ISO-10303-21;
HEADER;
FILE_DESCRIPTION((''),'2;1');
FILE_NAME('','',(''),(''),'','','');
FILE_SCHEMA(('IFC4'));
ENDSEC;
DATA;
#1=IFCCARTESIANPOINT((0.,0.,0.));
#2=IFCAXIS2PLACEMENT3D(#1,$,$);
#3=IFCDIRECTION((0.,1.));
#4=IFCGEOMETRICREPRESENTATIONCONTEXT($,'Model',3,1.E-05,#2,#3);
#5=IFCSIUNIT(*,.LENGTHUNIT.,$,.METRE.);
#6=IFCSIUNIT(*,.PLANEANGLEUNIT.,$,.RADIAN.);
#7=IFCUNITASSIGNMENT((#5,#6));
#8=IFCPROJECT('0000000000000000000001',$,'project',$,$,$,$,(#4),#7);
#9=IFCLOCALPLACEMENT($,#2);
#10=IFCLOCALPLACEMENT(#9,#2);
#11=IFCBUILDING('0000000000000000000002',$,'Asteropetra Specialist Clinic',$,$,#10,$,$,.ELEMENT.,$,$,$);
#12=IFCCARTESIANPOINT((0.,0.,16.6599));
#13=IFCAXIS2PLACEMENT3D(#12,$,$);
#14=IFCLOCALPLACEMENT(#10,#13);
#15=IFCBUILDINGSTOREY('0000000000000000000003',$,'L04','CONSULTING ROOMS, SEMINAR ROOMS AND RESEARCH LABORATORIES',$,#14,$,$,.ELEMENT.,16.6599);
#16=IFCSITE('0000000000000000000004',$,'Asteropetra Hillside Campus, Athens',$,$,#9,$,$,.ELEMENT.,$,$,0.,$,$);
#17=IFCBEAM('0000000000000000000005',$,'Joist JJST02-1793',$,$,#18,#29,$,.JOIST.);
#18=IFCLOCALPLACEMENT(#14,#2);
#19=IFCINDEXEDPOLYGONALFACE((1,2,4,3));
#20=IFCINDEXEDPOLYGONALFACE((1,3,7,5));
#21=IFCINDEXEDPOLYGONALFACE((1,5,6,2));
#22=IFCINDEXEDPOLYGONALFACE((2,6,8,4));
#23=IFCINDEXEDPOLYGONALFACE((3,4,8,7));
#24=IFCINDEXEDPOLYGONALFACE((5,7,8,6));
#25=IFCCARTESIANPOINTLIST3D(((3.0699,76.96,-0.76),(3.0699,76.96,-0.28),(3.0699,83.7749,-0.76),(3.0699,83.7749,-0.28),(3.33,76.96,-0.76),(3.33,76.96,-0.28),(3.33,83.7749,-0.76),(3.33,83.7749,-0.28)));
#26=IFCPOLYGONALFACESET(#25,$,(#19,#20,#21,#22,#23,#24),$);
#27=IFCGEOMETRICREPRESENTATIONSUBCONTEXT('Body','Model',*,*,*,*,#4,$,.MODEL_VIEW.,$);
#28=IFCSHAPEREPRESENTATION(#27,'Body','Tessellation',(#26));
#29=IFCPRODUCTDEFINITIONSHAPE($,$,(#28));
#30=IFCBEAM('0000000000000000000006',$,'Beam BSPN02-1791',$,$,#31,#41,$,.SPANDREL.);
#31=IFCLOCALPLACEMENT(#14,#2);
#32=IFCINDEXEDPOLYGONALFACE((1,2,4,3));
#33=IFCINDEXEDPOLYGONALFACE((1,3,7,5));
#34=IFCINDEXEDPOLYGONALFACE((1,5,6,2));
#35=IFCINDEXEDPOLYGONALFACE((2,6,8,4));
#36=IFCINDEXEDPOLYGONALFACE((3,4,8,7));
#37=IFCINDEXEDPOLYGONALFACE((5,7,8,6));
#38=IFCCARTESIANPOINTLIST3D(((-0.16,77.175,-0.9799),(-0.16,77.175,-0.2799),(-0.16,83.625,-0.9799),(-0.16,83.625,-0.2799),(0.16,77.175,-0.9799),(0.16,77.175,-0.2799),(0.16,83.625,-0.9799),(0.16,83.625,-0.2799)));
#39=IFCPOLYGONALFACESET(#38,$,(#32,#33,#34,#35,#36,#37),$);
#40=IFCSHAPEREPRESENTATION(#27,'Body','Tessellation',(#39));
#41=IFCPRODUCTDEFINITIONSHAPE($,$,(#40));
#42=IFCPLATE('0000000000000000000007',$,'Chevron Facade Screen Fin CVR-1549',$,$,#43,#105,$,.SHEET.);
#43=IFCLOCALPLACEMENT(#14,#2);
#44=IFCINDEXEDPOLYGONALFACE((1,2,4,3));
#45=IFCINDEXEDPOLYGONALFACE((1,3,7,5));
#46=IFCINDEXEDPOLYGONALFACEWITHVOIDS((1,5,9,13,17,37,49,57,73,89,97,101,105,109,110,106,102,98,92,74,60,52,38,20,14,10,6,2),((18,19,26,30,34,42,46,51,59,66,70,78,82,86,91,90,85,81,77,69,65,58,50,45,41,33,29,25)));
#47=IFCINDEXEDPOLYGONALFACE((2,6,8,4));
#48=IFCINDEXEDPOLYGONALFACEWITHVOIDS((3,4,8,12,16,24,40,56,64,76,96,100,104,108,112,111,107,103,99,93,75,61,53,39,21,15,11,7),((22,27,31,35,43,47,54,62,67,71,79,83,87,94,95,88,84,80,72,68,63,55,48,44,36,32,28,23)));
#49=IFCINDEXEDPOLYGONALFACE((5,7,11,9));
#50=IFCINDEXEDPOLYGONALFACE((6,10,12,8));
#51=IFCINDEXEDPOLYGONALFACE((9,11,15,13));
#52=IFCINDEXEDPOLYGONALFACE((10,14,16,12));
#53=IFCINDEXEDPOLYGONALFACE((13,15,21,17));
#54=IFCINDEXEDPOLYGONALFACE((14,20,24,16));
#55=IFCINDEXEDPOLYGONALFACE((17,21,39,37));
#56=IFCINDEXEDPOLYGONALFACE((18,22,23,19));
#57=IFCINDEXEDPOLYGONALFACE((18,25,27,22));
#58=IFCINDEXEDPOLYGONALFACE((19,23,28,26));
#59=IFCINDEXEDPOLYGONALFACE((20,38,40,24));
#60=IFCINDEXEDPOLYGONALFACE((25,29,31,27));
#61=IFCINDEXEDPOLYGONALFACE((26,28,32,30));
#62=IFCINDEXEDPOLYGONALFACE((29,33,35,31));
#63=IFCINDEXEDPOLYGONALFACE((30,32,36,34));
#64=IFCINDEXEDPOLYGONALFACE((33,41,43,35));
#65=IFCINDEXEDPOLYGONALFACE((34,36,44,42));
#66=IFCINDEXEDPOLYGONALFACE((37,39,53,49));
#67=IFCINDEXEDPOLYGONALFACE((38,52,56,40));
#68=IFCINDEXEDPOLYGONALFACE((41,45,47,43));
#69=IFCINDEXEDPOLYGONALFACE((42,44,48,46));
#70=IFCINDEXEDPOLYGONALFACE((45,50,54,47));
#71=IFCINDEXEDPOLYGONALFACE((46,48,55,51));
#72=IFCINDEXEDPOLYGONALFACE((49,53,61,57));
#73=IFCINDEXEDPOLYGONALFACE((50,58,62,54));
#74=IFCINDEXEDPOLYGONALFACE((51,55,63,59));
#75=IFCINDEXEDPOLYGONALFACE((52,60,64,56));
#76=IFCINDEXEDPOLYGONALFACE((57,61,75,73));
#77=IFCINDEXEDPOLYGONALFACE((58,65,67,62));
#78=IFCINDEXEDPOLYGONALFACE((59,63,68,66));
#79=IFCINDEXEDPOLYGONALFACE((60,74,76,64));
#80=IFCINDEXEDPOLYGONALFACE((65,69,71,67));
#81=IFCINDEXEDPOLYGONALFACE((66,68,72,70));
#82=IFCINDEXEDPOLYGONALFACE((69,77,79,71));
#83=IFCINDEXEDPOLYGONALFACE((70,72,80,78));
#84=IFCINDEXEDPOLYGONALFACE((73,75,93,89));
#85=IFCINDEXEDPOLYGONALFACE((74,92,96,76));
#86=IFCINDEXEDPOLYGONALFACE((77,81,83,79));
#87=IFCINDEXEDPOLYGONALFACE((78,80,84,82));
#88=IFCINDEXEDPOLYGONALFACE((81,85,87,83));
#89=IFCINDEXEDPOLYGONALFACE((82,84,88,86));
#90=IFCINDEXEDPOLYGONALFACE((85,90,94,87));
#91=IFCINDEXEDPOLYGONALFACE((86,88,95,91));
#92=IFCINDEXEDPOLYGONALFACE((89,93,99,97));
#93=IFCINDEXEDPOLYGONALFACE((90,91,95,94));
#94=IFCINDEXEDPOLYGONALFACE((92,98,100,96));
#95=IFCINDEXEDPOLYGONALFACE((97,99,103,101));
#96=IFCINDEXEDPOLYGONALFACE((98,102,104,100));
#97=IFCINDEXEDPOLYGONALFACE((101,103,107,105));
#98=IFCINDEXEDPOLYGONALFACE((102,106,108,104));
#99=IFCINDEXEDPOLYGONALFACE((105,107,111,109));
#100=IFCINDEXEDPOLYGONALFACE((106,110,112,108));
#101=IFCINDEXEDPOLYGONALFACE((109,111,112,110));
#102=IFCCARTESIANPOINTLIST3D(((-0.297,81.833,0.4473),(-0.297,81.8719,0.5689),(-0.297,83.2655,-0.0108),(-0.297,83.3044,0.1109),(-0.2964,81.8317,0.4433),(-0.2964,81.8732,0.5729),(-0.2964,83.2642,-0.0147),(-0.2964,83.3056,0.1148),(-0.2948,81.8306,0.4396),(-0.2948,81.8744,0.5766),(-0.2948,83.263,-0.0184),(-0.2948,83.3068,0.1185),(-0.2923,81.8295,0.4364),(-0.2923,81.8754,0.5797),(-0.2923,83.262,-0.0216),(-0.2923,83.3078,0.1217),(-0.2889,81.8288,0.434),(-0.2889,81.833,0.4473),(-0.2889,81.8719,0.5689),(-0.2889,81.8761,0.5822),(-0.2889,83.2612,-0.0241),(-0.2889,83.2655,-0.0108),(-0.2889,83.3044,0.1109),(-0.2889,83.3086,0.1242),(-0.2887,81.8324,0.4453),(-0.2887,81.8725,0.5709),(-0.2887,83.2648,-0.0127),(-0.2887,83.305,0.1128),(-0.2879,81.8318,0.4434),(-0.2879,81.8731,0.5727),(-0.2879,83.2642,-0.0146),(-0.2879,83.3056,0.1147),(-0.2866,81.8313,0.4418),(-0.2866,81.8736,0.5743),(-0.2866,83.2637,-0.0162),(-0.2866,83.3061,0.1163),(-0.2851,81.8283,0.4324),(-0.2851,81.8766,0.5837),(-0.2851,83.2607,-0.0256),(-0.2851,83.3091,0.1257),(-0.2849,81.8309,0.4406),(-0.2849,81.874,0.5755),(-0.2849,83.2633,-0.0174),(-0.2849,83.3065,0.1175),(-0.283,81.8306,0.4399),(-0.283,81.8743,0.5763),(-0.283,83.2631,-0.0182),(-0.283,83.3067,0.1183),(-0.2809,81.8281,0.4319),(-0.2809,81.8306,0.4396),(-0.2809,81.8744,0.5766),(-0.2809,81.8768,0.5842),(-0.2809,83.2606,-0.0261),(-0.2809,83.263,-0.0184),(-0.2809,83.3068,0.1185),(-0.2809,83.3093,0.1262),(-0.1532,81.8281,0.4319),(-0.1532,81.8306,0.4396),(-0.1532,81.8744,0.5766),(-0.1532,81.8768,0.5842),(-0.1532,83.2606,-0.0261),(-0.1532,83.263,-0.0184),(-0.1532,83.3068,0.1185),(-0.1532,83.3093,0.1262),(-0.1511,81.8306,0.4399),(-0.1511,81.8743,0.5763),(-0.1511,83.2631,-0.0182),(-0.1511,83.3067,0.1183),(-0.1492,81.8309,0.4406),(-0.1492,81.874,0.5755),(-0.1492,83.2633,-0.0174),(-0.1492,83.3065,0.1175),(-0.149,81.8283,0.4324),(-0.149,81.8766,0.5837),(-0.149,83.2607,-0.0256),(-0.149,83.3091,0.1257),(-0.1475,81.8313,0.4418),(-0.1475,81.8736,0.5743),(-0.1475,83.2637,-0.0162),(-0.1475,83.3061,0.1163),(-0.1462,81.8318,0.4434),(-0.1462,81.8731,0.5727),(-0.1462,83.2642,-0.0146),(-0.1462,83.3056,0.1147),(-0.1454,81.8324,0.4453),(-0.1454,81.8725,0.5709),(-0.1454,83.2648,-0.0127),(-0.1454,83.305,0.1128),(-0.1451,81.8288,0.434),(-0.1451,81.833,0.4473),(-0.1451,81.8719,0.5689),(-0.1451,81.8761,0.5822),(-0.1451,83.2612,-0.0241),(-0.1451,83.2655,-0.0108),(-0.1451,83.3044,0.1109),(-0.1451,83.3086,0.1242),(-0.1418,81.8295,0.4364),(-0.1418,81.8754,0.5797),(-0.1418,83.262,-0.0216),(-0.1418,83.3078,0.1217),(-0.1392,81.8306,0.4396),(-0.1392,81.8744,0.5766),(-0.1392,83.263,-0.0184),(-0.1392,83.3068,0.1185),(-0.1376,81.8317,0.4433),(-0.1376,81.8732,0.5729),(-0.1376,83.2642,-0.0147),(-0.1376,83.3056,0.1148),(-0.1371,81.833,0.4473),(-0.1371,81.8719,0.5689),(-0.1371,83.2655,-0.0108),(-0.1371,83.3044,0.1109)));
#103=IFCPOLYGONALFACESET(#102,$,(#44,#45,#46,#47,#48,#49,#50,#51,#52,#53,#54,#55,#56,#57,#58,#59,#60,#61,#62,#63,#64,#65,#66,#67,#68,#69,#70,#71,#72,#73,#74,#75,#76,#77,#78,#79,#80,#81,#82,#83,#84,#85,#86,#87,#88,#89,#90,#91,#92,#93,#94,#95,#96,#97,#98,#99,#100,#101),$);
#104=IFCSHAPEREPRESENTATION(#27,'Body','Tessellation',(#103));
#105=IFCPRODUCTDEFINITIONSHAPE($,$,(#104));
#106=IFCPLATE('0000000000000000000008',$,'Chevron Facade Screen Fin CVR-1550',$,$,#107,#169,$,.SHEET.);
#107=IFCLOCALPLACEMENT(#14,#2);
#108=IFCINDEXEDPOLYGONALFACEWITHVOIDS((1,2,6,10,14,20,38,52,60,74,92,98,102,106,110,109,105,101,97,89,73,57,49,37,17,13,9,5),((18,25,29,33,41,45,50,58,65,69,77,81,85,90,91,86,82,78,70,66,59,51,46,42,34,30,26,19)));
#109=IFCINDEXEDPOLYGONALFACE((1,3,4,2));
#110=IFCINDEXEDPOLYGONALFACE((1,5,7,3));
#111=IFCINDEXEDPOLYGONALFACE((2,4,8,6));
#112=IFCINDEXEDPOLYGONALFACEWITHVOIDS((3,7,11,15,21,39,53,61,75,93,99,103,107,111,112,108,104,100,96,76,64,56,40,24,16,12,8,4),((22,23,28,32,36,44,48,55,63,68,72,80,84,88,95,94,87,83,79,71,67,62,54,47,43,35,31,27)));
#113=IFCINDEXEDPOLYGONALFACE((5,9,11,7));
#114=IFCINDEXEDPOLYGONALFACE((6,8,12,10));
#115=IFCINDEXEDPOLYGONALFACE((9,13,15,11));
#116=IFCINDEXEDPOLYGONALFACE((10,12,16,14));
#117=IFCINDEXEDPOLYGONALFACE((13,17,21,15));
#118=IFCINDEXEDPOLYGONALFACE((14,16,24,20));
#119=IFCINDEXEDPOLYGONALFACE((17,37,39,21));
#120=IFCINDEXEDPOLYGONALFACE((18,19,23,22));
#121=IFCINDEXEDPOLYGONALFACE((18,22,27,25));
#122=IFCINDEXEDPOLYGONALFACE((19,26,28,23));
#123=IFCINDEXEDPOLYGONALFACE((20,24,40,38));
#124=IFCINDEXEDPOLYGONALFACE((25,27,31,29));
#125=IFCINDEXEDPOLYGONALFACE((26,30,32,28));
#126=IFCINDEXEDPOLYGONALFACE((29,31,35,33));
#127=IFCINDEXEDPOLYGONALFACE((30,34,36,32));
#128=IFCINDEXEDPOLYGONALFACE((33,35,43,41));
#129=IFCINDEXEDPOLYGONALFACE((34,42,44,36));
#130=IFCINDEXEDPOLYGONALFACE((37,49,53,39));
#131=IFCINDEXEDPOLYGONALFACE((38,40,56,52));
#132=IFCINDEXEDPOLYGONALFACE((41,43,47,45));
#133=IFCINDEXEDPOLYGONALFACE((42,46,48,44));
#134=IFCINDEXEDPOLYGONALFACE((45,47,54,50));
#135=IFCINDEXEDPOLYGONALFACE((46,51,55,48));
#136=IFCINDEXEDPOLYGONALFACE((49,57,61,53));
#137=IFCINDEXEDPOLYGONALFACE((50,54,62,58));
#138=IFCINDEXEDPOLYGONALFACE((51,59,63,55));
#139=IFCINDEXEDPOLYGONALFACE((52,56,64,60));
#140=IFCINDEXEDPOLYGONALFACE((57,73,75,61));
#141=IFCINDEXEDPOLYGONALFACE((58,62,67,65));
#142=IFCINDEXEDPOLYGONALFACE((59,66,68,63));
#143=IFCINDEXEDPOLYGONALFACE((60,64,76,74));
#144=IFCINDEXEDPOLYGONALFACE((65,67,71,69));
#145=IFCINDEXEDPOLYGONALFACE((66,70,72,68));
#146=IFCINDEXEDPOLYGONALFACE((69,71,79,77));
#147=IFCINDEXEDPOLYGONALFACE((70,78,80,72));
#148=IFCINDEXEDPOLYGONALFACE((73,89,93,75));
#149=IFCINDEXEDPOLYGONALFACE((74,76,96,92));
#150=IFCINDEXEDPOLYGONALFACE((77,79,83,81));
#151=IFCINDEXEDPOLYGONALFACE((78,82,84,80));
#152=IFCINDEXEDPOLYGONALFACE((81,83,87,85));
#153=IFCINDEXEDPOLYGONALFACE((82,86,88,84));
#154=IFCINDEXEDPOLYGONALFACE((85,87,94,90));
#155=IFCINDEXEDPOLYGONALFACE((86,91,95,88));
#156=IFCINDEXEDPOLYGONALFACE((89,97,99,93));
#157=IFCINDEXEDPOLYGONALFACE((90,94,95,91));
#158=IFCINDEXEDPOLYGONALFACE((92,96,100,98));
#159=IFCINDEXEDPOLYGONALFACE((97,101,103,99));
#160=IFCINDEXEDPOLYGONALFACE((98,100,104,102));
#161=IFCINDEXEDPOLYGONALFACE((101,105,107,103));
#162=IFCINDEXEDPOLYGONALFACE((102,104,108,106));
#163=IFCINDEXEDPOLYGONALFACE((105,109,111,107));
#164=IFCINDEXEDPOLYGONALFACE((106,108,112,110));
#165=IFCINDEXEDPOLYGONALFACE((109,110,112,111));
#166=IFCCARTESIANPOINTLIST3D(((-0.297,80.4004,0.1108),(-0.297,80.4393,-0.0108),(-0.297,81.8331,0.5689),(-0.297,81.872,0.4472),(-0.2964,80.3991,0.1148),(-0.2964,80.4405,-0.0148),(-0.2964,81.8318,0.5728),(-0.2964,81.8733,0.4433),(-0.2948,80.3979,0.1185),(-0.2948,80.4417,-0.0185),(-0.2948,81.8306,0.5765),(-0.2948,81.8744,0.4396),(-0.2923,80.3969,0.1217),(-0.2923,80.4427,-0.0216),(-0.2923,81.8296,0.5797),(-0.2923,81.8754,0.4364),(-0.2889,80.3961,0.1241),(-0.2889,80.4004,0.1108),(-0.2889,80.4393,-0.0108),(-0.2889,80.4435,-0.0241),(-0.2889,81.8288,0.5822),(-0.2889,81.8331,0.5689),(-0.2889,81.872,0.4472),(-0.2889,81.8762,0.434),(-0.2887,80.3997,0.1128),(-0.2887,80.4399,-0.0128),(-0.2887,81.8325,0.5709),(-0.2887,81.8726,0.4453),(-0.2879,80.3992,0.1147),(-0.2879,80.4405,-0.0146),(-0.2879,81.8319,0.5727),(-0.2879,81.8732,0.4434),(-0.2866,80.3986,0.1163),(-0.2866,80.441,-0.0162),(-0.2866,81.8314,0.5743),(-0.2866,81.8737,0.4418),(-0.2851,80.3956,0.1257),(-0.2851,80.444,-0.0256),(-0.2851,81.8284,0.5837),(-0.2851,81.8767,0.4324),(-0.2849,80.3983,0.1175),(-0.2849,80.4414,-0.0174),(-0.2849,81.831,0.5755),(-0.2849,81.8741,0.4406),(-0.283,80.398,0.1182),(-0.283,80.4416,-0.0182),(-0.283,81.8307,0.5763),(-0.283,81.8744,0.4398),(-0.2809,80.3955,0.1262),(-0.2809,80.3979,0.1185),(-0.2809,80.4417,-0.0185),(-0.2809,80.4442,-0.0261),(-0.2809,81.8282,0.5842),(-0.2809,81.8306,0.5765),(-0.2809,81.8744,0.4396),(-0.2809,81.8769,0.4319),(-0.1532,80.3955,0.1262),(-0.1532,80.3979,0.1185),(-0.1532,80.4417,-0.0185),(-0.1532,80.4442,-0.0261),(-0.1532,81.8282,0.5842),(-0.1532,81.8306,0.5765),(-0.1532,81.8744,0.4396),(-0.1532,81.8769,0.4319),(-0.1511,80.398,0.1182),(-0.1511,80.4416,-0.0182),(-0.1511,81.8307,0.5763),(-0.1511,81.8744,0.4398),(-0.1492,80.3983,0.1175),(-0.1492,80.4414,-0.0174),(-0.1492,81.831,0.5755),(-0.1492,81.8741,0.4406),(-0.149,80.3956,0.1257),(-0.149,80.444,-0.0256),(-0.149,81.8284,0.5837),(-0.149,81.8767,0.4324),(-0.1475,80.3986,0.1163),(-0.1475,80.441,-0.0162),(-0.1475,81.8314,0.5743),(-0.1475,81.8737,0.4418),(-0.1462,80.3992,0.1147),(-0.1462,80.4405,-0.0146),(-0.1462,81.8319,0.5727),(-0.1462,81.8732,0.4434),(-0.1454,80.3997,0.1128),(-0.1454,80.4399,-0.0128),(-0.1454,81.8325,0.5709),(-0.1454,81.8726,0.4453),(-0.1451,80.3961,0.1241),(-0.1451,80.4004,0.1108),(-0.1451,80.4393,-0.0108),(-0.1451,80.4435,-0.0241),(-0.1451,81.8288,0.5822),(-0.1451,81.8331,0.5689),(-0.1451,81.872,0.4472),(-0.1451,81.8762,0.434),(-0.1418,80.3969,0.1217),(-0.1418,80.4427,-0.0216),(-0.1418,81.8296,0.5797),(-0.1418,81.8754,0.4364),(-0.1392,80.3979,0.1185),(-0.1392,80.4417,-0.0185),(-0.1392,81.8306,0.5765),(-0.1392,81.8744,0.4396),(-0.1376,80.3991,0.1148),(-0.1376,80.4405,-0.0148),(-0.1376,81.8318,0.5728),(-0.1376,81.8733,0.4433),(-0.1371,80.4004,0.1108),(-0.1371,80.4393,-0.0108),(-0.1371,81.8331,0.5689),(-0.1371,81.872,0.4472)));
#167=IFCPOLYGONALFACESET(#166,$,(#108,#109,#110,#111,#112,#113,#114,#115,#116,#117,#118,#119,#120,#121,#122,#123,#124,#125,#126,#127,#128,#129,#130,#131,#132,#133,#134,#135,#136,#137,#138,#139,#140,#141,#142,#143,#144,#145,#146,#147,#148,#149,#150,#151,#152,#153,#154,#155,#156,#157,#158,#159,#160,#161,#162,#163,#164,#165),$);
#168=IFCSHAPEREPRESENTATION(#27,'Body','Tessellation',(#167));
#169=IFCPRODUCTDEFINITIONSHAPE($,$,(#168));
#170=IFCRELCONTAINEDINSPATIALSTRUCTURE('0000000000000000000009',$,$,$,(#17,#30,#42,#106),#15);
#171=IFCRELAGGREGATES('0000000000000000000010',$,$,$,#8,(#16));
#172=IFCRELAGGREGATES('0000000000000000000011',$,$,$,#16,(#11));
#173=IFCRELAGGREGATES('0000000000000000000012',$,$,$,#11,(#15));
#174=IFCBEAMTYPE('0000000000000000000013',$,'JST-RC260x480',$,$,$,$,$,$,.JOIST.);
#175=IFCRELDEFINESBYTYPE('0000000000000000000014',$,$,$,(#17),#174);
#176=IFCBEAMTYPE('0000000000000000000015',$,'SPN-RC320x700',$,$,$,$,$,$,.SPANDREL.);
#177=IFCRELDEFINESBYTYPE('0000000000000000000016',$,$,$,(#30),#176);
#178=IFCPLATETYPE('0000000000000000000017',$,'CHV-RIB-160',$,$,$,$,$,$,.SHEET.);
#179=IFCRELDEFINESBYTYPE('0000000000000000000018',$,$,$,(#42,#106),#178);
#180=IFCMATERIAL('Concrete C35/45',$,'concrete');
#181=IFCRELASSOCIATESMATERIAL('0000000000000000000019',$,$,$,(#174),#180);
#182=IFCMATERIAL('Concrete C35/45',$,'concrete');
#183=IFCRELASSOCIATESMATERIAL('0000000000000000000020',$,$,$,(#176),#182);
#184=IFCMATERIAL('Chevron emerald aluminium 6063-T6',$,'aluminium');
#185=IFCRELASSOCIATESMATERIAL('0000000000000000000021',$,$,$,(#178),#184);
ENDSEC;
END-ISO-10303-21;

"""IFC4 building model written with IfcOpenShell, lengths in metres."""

from ifc_helpers import new_model, si_unit, direction, frame, origin, origin_2d, place, context, subcontext, project, spatial, rectangle, hollow_rectangle, extrude, material, material_profile, profile_set, type_object, element, save


model = new_model("IFC4")

# Units and contexts
model_context = context("Model", 3, precision=1e-05, world=origin(), true_north=direction((0.0, 1.0)))
body_context = subcontext(model_context, "Body", "Model", "MODEL_VIEW")
ifc_project = project(units=[si_unit("LENGTHUNIT", "METRE"), si_unit("PLANEANGLEUNIT", "RADIAN")], contexts=[model_context])

# Site, building, storey
site_placement = place(None, origin())
site = spatial("IfcSite", under=ifc_project, at=site_placement, Name="Asteropetra Hillside Campus, Athens", CompositionType="ELEMENT", RefElevation=0.0)
building_placement = place(site_placement, origin())
building = spatial("IfcBuilding", under=site, at=building_placement, Name="Asteropetra Specialist Clinic", CompositionType="ELEMENT")
storey_placement = place(building_placement, frame((0.0, 0.0, 16.6599)))
storey = spatial("IfcBuildingStorey", under=building, at=storey_placement, Name="L04", Description="CONSULTING ROOMS, SEMINAR ROOMS AND RESEARCH LABORATORIES", CompositionType="ELEMENT", Elevation=16.6599)

# Beams
ifc_material_1 = material(Name="Concrete C35/45", Category="concrete")
ifc_material_profile_1 = material_profile(ifc_material_1, rectangle(XDim=0.26, YDim=0.48, at=origin_2d()), Name="RCJ 260x480")
ifc_profile_set_1 = profile_set([ifc_material_profile_1], Name="Concrete C35/45")
beam_type_1 = type_object("IfcBeamType", Name="JST-RC260x480", PredefinedType="JOIST", material=ifc_profile_set_1)
beam_1_placement = place(storey_placement, frame((3.2, 76.96, -0.52), z_axis=(0.0, 1.0, 0.0), x_axis=(-1.0, 0.0, 0.0)))
element("IfcBeam", 1, at=beam_1_placement, inside=storey, type_object=beam_type_1, Name="Joist JJST02-1793", PredefinedType="JOIST", context=body_context, shape_type="SweptSolid", body=[
    extrude(rectangle(XDim=0.26, YDim=0.48, at=origin_2d()), origin(), (0.0, 0.0, 1.0), 6.8149),
])
ifc_material_2 = material(Name="Concrete C35/45", Category="concrete")
ifc_material_profile_2 = material_profile(ifc_material_2, rectangle(XDim=0.3201, YDim=0.7, at=origin_2d()), Name="RCS 320x700")
ifc_profile_set_2 = profile_set([ifc_material_profile_2], Name="Concrete C35/45")
beam_type_2 = type_object("IfcBeamType", Name="SPN-RC320x700", PredefinedType="SPANDREL", material=ifc_profile_set_2)
beam_2_placement = place(storey_placement, frame((0.0, 77.175, -0.6299), z_axis=(0.0, 1.0, 0.0), x_axis=(-1.0, 0.0, 0.0)))
element("IfcBeam", 2, at=beam_2_placement, inside=storey, type_object=beam_type_2, Name="Beam BSPN02-1791", PredefinedType="SPANDREL", context=body_context, shape_type="SweptSolid", body=[
    extrude(rectangle(XDim=0.3201, YDim=0.7, at=origin_2d()), origin(), (0.0, 0.0, 1.0), 6.45),
])

# Plates
ifc_material_3 = material(Name="Chevron emerald aluminium 6063-T6", Category="aluminium")
ifc_material_profile_3 = material_profile(ifc_material_3, hollow_rectangle(XDim=0.1599, YDim=0.1599, WallThickness=0.0081, InnerFilletRadius=0.0081, OuterFilletRadius=0.0161, at=origin_2d()), Name="SHS 160x160x8.0")
ifc_profile_set_3 = profile_set([ifc_material_profile_3], Name="Chevron emerald aluminium 6063-T6")
plate_type_1 = type_object("IfcPlateType", Name="CHV-RIB-160", PredefinedType="SHEET", material=ifc_profile_set_3)
plate_1_placement = place(storey_placement, frame((-0.217, 83.2849, 0.05), z_axis=(0.0, -0.952492, 0.304564), x_axis=(1.0, 0.0, 0.0)))
element("IfcPlate", 3, at=plate_1_placement, inside=storey, type_object=plate_type_1, Name="Chevron Facade Screen Fin CVR-1549", PredefinedType="SHEET", context=body_context, shape_type="SweptSolid", body=[
    extrude(hollow_rectangle(XDim=0.1599, YDim=0.1599, WallThickness=0.0081, InnerFilletRadius=0.0081, OuterFilletRadius=0.0161, at=origin_2d()), origin(), (0.0, 0.0, 1.0), 1.5039),
])
plate_2_placement = place(storey_placement, frame((-0.217, 81.8525, 0.5081), z_axis=(0.0, -0.952507, -0.304517), x_axis=(1.0, 0.0, 0.0)))
element("IfcPlate", 4, at=plate_2_placement, inside=storey, type_object=plate_type_1, Name="Chevron Facade Screen Fin CVR-1550", PredefinedType="SHEET", context=body_context, shape_type="SweptSolid", body=[
    extrude(hollow_rectangle(XDim=0.1599, YDim=0.1599, WallThickness=0.0081, InnerFilletRadius=0.0081, OuterFilletRadius=0.0161, at=origin_2d()), origin(), (0.0, 0.0, 1.0), 1.5042),
])

save(model, "model.ifc")
